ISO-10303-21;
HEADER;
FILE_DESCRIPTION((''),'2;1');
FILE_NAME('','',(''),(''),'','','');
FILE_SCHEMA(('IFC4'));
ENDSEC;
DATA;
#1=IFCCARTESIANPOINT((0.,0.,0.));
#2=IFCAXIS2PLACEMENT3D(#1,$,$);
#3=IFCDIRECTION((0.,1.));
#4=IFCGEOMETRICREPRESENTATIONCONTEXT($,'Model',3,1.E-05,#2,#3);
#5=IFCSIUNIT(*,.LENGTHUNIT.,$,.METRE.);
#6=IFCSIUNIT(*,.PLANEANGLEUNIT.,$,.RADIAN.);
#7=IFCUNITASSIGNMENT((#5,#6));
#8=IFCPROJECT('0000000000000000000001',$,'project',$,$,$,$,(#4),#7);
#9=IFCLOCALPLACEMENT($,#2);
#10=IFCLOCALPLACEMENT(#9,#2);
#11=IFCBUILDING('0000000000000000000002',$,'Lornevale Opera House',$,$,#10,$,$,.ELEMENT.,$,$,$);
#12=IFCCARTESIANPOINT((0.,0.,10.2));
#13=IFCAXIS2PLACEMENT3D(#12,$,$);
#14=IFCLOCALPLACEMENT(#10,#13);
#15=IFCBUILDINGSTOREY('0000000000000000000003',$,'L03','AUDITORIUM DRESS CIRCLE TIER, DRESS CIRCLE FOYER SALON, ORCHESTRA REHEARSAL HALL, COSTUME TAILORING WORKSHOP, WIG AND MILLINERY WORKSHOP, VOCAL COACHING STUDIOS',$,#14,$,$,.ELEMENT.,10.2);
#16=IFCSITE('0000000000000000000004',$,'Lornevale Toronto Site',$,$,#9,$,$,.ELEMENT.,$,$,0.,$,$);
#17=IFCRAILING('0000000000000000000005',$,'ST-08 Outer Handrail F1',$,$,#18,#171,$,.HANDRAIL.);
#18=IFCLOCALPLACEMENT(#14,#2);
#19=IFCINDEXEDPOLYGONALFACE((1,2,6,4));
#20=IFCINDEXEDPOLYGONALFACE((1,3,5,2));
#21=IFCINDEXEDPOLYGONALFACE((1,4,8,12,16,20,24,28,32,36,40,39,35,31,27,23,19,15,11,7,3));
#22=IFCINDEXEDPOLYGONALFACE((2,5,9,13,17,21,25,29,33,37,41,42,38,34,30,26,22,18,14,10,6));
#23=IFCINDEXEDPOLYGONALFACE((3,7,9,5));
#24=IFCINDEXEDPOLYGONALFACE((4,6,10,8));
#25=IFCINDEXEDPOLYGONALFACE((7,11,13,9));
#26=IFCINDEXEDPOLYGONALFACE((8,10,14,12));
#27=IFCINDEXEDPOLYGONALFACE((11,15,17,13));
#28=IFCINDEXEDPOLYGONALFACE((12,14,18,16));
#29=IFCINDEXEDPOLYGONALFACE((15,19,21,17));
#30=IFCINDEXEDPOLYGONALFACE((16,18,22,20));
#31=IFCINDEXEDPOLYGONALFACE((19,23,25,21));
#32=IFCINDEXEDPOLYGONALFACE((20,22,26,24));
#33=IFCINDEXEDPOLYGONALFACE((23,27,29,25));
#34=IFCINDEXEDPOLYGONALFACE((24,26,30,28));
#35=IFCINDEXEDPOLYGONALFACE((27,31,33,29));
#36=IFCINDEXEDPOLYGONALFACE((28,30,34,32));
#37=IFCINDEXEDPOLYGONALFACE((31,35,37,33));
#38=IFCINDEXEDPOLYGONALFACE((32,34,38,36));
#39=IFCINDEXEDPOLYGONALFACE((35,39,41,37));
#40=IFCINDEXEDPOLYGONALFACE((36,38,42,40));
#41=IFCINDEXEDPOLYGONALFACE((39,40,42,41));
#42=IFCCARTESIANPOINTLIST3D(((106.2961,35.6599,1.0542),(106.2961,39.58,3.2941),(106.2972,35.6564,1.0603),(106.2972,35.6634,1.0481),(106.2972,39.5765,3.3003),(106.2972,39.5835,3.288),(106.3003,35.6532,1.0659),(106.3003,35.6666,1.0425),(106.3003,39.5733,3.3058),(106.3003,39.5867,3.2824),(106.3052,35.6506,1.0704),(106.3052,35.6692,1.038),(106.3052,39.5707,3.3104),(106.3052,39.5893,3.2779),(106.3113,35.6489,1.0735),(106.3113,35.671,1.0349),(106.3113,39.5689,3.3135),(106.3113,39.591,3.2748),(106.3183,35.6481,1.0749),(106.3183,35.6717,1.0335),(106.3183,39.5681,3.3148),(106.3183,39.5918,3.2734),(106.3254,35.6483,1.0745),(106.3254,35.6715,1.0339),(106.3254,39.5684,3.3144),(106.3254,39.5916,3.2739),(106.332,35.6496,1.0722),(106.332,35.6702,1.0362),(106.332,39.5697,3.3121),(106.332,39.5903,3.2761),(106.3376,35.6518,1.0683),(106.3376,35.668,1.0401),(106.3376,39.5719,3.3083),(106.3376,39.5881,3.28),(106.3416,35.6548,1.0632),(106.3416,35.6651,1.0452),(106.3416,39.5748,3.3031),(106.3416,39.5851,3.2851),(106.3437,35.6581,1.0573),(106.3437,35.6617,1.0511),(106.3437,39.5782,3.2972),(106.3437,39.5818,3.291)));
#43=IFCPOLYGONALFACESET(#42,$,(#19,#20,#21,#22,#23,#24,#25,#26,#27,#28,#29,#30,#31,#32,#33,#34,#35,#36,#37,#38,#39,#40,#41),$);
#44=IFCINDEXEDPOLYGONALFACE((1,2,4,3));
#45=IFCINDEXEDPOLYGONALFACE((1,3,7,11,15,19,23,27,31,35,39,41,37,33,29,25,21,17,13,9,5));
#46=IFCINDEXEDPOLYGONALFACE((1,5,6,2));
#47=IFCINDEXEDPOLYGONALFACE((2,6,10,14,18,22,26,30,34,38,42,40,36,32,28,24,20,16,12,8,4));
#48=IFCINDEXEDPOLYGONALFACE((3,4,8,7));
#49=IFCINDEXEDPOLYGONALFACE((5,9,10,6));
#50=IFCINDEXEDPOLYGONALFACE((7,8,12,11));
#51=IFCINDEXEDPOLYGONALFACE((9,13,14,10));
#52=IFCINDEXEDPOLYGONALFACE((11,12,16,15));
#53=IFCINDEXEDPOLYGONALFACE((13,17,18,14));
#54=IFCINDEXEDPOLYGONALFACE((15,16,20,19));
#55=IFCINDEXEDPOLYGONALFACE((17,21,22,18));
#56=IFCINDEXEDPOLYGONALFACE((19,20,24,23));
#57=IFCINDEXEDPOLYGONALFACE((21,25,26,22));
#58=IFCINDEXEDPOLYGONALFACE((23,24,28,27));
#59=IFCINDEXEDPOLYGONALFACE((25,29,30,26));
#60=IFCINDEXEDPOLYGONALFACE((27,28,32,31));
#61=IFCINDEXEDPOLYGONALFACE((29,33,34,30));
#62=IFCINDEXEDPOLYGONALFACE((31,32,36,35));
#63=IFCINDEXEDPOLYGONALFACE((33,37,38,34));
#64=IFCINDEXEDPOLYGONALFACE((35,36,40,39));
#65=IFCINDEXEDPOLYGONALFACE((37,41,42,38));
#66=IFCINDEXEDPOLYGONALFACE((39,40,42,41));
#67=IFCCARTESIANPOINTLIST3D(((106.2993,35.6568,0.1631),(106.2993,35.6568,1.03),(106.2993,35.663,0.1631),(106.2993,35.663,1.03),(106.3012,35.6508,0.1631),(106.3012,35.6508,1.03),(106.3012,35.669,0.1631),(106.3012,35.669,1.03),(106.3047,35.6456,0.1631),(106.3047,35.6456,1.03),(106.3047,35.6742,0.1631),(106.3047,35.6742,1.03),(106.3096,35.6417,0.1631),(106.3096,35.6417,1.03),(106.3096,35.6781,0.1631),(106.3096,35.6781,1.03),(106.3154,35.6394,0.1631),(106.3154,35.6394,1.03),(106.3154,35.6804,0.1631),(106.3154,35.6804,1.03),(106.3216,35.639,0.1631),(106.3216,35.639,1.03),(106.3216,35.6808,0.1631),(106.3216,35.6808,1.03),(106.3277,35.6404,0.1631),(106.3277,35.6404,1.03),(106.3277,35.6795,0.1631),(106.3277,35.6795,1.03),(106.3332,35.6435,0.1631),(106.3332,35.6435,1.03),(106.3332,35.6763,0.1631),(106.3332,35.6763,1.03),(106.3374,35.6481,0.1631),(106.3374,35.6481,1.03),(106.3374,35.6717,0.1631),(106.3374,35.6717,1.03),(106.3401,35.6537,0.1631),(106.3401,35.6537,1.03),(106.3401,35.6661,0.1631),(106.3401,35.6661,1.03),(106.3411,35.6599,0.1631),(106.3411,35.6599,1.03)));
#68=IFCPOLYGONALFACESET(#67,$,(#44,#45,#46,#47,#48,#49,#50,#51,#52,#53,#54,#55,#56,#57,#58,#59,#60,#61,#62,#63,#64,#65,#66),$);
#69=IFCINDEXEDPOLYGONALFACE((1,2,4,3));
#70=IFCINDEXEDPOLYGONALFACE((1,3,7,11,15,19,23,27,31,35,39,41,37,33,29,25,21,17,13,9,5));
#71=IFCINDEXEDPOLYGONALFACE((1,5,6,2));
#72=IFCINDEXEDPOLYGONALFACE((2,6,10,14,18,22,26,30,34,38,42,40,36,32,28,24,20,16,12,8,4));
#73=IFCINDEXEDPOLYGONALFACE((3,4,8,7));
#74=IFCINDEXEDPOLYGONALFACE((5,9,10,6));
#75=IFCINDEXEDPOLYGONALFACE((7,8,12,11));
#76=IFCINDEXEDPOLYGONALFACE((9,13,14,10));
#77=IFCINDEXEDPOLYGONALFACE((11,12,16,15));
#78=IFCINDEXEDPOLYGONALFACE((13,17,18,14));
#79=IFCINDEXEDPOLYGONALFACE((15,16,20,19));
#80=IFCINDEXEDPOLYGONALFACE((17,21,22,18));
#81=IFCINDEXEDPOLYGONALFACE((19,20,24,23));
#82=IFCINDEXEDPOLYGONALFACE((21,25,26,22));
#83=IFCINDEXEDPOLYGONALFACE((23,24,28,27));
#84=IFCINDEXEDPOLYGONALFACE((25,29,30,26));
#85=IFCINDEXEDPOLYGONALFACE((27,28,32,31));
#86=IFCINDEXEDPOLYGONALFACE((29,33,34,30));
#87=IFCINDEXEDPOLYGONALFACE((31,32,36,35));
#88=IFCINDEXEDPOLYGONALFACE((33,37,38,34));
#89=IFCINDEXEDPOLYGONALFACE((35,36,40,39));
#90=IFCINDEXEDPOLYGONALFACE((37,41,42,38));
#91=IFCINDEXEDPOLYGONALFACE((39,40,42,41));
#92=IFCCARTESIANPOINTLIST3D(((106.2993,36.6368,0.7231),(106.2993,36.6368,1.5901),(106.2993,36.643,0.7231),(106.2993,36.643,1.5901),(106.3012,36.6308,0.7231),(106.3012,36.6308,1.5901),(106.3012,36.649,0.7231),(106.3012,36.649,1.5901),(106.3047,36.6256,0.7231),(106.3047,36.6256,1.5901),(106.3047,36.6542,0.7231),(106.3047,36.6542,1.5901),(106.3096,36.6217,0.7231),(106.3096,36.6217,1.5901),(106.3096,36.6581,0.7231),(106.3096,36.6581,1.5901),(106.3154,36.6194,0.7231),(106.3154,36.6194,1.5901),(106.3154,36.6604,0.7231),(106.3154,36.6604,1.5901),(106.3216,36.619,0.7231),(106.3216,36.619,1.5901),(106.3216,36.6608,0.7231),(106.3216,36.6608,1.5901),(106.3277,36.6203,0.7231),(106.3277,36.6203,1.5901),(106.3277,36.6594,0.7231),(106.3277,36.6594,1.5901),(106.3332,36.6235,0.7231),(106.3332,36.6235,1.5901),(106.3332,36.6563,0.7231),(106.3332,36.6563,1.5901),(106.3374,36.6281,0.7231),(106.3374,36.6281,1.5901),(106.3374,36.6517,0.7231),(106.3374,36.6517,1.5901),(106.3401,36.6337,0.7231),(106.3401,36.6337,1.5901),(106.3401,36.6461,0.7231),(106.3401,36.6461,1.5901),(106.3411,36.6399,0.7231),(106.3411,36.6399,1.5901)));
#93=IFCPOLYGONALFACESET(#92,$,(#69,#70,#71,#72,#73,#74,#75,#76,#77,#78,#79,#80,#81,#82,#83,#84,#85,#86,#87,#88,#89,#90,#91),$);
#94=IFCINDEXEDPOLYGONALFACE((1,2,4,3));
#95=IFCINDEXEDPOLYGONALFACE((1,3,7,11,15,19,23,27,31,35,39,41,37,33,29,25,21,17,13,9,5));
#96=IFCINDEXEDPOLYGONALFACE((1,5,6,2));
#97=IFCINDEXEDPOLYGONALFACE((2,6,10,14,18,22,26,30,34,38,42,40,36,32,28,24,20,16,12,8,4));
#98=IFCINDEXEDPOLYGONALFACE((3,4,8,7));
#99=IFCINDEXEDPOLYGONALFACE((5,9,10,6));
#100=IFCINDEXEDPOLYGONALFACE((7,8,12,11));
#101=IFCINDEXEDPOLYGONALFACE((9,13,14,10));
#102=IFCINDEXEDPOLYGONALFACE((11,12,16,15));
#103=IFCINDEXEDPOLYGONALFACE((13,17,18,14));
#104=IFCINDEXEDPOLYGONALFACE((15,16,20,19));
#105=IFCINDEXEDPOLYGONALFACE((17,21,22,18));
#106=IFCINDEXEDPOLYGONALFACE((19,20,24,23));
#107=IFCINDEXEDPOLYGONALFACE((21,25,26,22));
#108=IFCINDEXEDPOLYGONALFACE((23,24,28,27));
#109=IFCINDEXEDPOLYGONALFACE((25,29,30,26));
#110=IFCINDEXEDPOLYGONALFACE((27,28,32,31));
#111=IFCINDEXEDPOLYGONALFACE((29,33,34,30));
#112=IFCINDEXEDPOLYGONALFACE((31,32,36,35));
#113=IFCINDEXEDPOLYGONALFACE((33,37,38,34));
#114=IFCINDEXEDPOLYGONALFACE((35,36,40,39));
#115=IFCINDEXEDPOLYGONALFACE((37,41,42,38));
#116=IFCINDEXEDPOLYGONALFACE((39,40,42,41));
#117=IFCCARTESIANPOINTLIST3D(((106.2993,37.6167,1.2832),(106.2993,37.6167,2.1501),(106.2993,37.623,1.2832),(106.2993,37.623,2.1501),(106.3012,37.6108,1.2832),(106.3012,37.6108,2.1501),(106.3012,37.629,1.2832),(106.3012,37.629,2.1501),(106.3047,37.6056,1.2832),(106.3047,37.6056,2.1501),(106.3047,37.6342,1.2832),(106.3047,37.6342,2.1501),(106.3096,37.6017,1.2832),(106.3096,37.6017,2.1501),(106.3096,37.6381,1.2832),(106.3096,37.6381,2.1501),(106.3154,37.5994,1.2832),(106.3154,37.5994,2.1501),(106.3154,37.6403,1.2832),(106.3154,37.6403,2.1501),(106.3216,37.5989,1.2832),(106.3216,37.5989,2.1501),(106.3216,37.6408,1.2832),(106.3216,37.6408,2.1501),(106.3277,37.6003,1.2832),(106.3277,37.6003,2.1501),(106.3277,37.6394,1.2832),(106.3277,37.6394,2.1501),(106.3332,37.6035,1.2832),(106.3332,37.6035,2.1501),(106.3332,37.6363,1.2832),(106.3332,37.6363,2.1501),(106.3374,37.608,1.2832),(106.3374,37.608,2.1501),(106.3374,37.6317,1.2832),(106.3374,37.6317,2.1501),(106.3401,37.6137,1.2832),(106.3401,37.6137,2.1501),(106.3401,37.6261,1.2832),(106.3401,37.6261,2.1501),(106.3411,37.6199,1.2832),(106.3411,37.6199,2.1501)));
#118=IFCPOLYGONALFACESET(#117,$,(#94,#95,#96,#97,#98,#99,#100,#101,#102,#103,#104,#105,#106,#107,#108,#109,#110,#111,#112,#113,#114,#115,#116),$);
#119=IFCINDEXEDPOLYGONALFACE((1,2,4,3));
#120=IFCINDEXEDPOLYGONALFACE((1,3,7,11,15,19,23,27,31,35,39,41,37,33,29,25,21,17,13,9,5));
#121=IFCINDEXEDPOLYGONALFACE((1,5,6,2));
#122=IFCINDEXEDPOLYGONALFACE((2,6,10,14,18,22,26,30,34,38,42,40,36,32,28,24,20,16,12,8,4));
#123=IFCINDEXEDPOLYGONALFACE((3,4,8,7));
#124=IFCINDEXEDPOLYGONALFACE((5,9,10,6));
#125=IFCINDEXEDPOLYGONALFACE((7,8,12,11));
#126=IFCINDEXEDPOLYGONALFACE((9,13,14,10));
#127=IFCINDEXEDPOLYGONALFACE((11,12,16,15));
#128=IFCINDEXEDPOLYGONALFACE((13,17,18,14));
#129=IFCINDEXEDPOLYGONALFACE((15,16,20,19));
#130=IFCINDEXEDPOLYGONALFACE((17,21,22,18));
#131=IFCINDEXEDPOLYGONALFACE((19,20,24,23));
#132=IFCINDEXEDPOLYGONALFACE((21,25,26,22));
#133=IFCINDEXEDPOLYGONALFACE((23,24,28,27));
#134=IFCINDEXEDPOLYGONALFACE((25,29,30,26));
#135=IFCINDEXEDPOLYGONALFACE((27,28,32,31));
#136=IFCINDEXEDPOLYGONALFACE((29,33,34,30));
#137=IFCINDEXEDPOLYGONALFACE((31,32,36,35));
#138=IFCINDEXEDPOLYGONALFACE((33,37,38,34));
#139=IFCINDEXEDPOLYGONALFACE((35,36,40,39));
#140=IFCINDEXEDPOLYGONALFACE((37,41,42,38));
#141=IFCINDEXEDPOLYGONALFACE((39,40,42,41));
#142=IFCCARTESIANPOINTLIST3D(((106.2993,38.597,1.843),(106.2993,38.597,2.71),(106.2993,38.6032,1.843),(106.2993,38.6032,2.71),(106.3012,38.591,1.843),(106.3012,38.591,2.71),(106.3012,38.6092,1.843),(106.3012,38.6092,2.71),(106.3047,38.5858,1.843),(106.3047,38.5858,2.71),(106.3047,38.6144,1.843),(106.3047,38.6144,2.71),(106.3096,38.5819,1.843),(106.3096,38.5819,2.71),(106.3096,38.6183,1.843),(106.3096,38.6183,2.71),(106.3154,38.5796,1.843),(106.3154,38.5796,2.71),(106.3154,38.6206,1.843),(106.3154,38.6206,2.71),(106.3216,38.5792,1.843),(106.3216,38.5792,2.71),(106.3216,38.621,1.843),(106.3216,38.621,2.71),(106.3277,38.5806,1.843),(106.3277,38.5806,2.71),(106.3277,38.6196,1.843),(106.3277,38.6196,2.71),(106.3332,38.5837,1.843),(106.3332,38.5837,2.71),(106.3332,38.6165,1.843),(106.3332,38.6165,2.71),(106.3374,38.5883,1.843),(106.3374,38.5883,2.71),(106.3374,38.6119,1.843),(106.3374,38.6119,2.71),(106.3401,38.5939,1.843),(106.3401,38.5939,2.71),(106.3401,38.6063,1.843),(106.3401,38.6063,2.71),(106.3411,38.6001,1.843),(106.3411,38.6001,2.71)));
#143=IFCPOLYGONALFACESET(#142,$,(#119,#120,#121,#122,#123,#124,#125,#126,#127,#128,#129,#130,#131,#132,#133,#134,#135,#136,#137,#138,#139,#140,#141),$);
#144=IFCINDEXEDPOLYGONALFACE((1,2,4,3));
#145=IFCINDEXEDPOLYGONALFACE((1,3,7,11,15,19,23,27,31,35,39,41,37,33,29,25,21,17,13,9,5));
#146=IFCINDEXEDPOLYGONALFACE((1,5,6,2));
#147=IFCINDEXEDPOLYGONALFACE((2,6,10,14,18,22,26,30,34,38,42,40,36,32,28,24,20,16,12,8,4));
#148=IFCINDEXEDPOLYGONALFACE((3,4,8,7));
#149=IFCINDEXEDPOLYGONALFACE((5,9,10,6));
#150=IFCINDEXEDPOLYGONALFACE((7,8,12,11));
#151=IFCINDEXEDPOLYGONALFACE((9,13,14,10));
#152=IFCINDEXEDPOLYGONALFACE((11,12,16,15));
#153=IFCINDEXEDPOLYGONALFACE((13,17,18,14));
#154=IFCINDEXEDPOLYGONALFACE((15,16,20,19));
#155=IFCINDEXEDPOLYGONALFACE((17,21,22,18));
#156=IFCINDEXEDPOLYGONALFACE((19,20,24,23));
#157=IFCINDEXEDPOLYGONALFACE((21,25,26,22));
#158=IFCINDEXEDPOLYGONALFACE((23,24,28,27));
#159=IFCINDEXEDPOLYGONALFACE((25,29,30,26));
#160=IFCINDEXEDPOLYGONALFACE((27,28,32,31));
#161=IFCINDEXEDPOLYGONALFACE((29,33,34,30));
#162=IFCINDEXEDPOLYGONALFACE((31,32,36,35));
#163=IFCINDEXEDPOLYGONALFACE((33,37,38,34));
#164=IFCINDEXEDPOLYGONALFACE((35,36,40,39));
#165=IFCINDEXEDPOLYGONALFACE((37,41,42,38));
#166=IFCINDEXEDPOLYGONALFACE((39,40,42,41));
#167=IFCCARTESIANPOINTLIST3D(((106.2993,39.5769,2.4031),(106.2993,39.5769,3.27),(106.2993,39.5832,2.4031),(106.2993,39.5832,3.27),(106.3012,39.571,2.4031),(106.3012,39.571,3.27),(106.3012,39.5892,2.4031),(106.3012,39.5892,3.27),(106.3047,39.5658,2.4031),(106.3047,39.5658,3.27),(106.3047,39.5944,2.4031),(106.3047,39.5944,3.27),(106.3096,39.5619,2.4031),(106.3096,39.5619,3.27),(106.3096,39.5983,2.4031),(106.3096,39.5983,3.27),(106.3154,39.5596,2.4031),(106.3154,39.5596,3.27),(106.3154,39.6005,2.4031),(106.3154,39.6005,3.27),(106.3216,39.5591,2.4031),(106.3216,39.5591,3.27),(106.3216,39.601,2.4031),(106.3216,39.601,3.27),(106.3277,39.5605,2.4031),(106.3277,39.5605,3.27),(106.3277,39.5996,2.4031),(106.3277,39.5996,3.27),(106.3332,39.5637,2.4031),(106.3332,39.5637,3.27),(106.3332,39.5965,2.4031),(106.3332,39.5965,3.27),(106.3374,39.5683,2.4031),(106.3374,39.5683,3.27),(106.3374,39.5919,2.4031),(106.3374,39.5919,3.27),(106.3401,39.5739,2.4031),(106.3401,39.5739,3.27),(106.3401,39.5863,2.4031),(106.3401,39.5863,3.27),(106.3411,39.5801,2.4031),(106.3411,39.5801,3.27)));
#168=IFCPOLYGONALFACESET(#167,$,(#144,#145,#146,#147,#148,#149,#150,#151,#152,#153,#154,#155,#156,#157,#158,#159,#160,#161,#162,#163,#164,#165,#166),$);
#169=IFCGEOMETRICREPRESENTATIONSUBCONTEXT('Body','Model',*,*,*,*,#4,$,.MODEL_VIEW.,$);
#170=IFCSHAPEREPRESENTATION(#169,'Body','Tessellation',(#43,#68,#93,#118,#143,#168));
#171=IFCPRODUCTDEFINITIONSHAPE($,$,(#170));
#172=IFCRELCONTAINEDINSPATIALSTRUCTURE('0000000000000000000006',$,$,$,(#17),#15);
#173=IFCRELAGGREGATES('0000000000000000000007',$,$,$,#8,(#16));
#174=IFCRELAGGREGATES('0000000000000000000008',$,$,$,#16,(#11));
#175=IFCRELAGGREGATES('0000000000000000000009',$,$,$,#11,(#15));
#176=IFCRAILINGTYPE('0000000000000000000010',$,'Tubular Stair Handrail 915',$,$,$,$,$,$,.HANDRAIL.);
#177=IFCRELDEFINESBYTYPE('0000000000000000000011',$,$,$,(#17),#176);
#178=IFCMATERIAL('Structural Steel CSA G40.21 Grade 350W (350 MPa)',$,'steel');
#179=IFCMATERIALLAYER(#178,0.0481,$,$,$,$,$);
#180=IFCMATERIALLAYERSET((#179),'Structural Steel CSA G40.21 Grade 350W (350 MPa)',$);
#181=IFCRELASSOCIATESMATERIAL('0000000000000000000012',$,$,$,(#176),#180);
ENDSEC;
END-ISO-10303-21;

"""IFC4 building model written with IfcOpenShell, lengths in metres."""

from ifc_helpers import new_model, si_unit, direction, frame, origin, origin_2d, place, context, subcontext, project, spatial, circle, extrude, material, layer, layer_set, type_object, element, save


model = new_model("IFC4")

# Units and contexts
model_context = context("Model", 3, precision=1e-05, world=origin(), true_north=direction((0.0, 1.0)))
body_context = subcontext(model_context, "Body", "Model", "MODEL_VIEW")
ifc_project = project(units=[si_unit("LENGTHUNIT", "METRE"), si_unit("PLANEANGLEUNIT", "RADIAN")], contexts=[model_context])

# Site, building, storey
site_placement = place(None, origin())
site = spatial("IfcSite", under=ifc_project, at=site_placement, Name="Lornevale Toronto Site", CompositionType="ELEMENT", RefElevation=0.0)
building_placement = place(site_placement, origin())
building = spatial("IfcBuilding", under=site, at=building_placement, Name="Lornevale Opera House", CompositionType="ELEMENT")
storey_placement = place(building_placement, frame((0.0, 0.0, 10.2)))
storey = spatial("IfcBuildingStorey", under=building, at=storey_placement, Name="L03", Description="AUDITORIUM DRESS CIRCLE TIER, DRESS CIRCLE FOYER SALON, ORCHESTRA REHEARSAL HALL, COSTUME TAILORING WORKSHOP, WIG AND MILLINERY WORKSHOP, VOCAL COACHING STUDIOS", CompositionType="ELEMENT", Elevation=10.2)

# Shared definitions
ifc_material_1 = material(Name="Structural Steel CSA G40.21 Grade 350W (350 MPa)", Category="steel")

# Railing
ifc_layer_1 = layer(ifc_material_1, 0.0481)
ifc_layer_set_1 = layer_set([ifc_layer_1], Name="Structural Steel CSA G40.21 Grade 350W (350 MPa)")
railing_type_1 = type_object("IfcRailingType", Name="Tubular Stair Handrail 915", PredefinedType="HANDRAIL", material=ifc_layer_set_1)
railing_1_placement = place(storey_placement, frame((106.3201, 35.6599, 0.1631)))
element("IfcRailing", 1, at=railing_1_placement, inside=storey, type_object=railing_type_1, Name="ST-08 Outer Handrail F1", PredefinedType="HANDRAIL", context=body_context, shape_type="SweptSolid", body=[
    extrude(circle(Radius=0.0239, at=origin_2d()), frame((0.0, 0.0, 0.8911), z_axis=(0.0, 0.868253, 0.496121), x_axis=(-1.0, 0.0, 0.0)), (0.0, 0.0, 1.0), 4.5149),
    extrude(circle(Radius=0.021, at=origin_2d()), origin(), (0.0, 0.0, 1.0), 0.8669),
    extrude(circle(Radius=0.021, at=origin_2d()), frame((0.0, 0.98, 0.5601)), (0.0, 0.0, 1.0), 0.8669),
    extrude(circle(Radius=0.021, at=origin_2d()), frame((0.0, 1.96, 1.1201)), (0.0, 0.0, 1.0), 0.8669),
    extrude(circle(Radius=0.021, at=origin_2d()), frame((0.0, 2.9402, 1.6799)), (0.0, 0.0, 1.0), 0.8669),
    extrude(circle(Radius=0.021, at=origin_2d()), frame((0.0, 3.9202, 2.24)), (0.0, 0.0, 1.0), 0.8669),
])

save(model, "model.ifc")
